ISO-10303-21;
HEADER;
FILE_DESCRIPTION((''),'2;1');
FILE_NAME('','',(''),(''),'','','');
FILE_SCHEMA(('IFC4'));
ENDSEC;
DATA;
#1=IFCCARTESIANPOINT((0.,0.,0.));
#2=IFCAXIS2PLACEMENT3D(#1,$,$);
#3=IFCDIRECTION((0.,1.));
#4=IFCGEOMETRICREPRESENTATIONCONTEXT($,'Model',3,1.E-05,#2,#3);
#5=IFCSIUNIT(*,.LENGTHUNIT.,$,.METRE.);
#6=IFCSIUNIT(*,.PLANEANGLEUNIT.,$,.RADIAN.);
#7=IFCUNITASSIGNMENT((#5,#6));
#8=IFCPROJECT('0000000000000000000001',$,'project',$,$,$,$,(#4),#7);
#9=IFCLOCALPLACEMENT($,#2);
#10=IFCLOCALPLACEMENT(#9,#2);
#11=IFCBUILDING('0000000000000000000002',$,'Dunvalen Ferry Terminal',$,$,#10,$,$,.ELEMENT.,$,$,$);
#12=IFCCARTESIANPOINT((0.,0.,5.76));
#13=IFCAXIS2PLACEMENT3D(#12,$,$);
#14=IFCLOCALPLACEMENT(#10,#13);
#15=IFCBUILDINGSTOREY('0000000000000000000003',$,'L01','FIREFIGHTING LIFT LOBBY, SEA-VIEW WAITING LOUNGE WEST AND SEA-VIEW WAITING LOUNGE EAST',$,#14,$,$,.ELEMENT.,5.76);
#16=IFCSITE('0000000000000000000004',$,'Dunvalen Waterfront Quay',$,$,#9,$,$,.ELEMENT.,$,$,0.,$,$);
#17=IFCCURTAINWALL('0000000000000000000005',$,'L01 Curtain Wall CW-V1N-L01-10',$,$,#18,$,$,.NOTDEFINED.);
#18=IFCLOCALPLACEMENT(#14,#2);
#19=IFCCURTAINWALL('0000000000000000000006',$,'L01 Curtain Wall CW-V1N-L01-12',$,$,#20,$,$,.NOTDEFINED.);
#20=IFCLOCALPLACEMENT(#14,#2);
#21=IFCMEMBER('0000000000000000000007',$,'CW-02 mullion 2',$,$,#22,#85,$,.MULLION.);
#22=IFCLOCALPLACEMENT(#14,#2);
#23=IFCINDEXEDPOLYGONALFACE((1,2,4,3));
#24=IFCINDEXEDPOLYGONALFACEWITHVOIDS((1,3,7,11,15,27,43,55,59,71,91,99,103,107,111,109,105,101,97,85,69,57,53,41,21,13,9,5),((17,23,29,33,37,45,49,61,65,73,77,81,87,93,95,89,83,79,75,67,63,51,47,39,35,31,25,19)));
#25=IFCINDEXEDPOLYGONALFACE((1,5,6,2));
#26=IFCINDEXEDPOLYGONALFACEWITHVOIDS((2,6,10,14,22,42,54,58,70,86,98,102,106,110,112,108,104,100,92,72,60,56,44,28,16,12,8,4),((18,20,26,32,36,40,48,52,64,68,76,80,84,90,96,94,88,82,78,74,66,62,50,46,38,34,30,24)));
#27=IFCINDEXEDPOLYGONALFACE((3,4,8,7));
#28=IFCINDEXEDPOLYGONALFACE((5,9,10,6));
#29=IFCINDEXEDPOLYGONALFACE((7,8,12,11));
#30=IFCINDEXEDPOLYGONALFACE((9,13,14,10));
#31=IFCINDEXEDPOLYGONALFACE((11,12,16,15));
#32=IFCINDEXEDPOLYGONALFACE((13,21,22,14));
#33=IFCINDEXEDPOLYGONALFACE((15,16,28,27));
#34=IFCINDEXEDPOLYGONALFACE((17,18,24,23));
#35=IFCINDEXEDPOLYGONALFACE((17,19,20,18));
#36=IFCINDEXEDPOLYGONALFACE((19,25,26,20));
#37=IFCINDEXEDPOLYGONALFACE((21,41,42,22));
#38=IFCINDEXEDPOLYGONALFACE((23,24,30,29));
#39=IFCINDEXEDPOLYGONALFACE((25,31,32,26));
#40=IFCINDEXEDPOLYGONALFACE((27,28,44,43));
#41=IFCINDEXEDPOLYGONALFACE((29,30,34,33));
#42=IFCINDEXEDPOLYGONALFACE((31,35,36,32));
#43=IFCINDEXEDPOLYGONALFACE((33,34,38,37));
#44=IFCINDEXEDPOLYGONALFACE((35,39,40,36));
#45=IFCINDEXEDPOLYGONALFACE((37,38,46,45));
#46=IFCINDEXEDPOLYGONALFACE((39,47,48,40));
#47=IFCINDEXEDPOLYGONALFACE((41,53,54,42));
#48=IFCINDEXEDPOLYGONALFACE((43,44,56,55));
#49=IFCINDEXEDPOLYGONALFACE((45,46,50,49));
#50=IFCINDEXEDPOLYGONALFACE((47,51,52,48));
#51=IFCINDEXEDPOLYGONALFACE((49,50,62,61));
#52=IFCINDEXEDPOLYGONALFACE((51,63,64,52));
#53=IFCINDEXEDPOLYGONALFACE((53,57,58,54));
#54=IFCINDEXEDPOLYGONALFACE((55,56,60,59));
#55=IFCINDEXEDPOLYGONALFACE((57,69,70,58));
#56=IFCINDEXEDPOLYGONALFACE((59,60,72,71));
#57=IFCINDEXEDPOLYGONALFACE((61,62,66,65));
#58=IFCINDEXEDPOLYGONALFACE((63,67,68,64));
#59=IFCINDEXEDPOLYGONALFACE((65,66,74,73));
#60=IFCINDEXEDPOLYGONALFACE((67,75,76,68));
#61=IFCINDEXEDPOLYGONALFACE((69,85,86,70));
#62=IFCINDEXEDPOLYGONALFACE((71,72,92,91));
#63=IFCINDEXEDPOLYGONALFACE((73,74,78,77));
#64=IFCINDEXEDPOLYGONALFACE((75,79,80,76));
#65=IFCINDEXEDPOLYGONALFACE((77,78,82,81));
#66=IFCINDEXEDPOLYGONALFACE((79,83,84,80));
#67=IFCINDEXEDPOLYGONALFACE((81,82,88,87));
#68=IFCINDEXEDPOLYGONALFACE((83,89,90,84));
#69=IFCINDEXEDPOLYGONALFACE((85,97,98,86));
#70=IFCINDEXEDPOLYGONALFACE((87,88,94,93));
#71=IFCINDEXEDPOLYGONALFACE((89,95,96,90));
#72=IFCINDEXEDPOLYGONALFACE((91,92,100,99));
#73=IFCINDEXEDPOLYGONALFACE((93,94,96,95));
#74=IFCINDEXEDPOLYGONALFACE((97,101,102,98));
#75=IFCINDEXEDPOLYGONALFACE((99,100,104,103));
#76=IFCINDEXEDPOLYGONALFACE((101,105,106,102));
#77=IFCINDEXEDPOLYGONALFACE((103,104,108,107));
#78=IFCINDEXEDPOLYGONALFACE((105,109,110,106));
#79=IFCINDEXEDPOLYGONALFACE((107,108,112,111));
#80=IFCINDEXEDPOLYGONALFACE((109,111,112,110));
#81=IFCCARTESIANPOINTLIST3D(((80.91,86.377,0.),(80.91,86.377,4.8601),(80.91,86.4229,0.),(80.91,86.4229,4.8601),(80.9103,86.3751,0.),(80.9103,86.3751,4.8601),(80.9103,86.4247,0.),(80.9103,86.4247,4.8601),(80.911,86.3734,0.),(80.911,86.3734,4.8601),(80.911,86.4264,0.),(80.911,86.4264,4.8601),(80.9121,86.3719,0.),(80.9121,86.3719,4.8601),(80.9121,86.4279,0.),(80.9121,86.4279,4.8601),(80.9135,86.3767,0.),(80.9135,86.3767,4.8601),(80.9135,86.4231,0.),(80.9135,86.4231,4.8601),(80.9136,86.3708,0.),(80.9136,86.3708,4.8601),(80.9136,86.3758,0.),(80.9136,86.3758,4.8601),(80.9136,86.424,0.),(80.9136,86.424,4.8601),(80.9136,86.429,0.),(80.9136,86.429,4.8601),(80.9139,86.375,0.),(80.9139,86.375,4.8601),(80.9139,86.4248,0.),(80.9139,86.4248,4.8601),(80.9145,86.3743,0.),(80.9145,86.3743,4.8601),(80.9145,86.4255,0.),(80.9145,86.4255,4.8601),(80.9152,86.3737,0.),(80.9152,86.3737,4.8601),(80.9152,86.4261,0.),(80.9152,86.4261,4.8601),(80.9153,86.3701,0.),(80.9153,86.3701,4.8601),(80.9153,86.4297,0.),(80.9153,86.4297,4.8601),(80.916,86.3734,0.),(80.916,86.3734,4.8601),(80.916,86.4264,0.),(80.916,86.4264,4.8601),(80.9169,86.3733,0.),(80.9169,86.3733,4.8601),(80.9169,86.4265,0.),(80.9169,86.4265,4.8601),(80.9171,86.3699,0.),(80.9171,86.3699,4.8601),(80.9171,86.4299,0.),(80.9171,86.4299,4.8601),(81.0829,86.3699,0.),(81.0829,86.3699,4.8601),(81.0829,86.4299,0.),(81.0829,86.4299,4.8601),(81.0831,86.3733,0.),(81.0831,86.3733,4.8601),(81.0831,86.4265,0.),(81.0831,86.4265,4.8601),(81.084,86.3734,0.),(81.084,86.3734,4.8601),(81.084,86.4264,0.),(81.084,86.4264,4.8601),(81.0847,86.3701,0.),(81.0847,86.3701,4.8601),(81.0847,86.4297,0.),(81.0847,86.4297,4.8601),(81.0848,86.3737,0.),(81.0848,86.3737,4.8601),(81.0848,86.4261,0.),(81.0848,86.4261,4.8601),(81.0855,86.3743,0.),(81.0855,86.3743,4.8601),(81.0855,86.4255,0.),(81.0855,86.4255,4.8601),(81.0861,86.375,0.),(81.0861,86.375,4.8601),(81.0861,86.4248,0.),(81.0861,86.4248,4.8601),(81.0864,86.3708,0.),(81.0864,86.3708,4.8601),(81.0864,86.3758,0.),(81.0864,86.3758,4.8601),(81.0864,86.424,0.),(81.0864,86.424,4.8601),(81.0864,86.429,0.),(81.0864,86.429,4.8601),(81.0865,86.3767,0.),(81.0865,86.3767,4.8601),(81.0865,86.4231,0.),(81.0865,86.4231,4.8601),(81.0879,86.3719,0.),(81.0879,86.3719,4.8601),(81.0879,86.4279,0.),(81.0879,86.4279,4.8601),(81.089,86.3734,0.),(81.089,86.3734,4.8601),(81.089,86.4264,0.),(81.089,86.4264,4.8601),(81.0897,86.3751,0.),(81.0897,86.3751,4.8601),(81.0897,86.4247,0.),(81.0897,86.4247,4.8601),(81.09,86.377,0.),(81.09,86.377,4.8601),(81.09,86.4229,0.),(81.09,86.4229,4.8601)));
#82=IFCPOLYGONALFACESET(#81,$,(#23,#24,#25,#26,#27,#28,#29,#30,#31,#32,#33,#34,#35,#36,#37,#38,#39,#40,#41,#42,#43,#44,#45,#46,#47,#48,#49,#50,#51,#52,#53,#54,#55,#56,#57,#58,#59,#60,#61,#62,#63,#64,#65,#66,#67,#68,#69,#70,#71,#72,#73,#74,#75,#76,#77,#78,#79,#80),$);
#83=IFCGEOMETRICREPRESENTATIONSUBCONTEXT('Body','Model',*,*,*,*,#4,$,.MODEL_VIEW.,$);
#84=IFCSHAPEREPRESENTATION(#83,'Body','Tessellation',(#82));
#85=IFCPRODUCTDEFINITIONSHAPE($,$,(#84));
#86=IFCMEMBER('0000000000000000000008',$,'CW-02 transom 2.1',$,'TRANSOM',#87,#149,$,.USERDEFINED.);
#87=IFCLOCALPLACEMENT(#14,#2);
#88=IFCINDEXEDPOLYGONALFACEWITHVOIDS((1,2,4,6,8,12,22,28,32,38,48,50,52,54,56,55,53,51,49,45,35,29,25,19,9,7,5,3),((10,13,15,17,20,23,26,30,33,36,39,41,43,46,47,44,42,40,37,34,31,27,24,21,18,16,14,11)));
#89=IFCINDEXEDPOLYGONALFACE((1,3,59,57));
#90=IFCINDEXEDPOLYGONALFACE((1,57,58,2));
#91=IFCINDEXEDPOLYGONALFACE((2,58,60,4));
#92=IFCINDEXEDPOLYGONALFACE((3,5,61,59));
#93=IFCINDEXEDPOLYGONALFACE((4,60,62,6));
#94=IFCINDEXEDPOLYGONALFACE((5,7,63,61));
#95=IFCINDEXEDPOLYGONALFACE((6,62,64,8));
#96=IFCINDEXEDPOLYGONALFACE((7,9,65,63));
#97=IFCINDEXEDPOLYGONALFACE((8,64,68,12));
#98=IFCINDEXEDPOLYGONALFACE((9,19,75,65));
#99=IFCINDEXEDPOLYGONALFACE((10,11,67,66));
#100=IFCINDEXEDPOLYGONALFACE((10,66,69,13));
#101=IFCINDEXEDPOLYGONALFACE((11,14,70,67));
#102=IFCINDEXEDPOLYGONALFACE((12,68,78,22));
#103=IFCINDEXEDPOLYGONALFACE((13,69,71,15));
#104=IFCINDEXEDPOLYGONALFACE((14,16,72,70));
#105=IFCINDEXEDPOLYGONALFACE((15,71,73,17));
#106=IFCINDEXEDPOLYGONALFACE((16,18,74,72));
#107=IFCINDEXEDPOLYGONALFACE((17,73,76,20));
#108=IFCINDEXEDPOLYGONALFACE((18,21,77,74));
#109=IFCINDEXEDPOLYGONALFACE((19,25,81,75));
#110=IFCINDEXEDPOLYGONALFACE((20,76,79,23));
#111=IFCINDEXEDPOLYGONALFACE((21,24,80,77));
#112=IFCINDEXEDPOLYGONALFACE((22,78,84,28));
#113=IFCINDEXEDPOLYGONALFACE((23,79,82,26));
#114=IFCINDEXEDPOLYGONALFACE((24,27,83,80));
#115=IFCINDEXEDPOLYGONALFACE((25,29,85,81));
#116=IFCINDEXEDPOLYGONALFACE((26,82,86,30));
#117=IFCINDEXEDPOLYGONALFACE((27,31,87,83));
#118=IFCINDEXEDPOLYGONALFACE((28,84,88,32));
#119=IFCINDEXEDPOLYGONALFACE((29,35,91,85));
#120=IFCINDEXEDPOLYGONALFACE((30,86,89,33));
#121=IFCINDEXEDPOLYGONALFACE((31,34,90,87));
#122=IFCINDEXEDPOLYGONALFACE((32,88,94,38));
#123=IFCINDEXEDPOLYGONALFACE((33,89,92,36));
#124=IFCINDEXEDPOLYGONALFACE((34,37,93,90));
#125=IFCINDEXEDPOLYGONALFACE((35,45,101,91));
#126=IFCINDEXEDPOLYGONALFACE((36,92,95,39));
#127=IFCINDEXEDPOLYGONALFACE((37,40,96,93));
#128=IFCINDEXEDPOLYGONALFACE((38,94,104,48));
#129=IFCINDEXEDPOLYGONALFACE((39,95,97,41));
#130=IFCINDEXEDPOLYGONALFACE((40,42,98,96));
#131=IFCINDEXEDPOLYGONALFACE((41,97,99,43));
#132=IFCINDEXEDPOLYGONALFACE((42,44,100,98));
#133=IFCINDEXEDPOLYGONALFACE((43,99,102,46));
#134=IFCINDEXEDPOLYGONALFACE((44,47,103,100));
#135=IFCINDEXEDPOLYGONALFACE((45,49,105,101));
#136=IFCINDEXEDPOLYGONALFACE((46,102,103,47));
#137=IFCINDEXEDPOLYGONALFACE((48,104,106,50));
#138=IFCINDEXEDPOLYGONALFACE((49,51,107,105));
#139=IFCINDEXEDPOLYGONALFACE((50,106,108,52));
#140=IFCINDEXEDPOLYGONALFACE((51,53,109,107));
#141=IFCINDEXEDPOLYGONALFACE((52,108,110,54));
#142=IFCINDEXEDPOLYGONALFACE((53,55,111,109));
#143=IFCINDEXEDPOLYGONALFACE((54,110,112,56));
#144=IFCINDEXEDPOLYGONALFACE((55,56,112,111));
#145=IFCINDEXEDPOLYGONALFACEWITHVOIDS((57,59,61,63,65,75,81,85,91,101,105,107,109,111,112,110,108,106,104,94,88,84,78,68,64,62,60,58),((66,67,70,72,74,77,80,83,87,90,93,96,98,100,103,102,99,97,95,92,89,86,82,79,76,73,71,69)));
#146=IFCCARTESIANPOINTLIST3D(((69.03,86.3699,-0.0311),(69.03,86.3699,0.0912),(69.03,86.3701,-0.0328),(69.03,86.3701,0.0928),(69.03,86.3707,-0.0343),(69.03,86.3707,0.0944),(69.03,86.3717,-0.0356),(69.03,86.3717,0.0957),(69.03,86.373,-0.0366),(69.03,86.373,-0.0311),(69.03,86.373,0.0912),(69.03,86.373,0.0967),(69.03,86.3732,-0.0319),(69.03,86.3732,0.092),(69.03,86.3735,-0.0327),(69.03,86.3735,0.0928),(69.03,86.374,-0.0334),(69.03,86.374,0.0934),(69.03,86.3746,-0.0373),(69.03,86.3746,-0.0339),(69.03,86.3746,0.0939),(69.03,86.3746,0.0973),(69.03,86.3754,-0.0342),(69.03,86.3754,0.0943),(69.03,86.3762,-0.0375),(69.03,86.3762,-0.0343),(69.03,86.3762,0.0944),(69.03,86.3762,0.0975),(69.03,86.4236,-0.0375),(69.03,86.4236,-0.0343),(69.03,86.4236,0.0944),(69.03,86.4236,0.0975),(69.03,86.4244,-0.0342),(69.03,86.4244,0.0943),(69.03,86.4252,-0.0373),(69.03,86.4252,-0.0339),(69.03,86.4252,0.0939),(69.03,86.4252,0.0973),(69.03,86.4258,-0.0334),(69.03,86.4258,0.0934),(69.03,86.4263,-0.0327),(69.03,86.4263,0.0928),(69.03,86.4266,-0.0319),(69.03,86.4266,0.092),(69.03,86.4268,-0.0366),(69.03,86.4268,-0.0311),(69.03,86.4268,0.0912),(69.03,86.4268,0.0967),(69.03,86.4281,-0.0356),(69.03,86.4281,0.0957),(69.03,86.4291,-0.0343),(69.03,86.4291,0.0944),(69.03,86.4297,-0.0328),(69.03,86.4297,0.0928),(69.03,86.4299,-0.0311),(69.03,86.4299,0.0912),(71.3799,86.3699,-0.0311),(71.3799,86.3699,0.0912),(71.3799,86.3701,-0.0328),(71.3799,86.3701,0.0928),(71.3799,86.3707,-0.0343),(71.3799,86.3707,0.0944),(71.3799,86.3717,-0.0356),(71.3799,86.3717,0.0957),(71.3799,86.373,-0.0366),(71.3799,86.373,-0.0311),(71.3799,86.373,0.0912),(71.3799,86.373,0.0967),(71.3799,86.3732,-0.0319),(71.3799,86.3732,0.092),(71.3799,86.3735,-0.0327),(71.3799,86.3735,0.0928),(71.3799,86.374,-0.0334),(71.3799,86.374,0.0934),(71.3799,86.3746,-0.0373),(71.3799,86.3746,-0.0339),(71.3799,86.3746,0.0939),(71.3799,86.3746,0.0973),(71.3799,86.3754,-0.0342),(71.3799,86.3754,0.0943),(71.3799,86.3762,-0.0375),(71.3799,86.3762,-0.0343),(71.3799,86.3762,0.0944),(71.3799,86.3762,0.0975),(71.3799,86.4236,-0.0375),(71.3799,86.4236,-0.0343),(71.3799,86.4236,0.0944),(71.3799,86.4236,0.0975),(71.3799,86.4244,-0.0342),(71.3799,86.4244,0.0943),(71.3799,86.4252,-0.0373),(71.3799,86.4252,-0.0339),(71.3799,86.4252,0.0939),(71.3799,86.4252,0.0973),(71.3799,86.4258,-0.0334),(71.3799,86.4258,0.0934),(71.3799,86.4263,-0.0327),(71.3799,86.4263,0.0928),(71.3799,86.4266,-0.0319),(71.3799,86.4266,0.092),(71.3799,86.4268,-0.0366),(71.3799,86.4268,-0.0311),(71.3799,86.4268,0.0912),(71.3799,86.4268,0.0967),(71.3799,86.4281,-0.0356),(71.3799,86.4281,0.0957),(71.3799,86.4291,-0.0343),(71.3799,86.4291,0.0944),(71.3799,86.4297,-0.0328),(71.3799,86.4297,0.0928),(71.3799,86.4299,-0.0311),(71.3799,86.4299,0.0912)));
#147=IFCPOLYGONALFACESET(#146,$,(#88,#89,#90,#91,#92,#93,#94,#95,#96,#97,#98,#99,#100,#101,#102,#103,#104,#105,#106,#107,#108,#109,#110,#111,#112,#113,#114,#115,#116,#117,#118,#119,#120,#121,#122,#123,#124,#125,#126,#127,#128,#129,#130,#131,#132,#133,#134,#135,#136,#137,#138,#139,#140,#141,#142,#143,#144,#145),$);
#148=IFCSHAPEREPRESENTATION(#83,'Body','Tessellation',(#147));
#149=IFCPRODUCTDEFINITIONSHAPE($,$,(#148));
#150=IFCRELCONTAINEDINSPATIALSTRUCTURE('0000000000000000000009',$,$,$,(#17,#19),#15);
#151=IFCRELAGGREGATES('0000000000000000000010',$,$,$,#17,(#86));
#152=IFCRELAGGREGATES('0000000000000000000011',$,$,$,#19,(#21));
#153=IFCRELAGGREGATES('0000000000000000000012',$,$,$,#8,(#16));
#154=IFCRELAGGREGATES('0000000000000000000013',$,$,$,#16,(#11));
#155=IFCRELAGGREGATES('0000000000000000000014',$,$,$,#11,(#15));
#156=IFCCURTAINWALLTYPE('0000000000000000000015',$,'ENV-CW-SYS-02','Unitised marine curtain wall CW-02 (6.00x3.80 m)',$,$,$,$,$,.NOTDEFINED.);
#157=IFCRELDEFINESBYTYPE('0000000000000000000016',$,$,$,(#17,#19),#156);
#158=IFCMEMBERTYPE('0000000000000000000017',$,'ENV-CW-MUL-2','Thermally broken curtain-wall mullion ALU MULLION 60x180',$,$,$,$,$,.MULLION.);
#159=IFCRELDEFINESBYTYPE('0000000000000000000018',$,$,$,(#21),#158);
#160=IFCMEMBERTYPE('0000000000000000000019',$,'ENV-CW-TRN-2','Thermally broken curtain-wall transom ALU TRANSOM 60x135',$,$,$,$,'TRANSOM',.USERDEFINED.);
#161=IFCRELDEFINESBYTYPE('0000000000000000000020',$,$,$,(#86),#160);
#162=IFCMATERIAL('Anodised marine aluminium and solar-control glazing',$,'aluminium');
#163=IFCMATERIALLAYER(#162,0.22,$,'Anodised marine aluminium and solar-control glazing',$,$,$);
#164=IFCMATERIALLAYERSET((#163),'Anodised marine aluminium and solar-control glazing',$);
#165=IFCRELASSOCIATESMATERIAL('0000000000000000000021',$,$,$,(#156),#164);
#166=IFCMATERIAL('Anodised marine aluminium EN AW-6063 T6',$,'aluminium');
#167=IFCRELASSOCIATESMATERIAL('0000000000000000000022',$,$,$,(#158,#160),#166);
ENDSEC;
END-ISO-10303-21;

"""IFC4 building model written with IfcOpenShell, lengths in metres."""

from ifc_helpers import new_model, si_unit, direction, frame, origin, origin_2d, place, context, subcontext, project, spatial, hollow_rectangle, extrude, material, layer, layer_set, material_profile, profile_set, type_object, element, aggregate, save


model = new_model("IFC4")

# Units and contexts
model_context = context("Model", 3, precision=1e-05, world=origin(), true_north=direction((0.0, 1.0)))
body_context = subcontext(model_context, "Body", "Model", "MODEL_VIEW")
ifc_project = project(units=[si_unit("LENGTHUNIT", "METRE"), si_unit("PLANEANGLEUNIT", "RADIAN")], contexts=[model_context])

# Site, building, storey
site_placement = place(None, origin())
site = spatial("IfcSite", under=ifc_project, at=site_placement, Name="Dunvalen Waterfront Quay", CompositionType="ELEMENT", RefElevation=0.0)
building_placement = place(site_placement, origin())
building = spatial("IfcBuilding", under=site, at=building_placement, Name="Dunvalen Ferry Terminal", CompositionType="ELEMENT")
storey_placement = place(building_placement, frame((0.0, 0.0, 5.76)))
storey = spatial("IfcBuildingStorey", under=building, at=storey_placement, Name="L01", Description="FIREFIGHTING LIFT LOBBY, SEA-VIEW WAITING LOUNGE WEST AND SEA-VIEW WAITING LOUNGE EAST", CompositionType="ELEMENT", Elevation=5.76)

# Curtain walls, member
ifc_material_1 = material(Name="Anodised marine aluminium and solar-control glazing", Category="aluminium")
ifc_layer_1 = layer(ifc_material_1, 0.22, Name="Anodised marine aluminium and solar-control glazing")
ifc_layer_set_1 = layer_set([ifc_layer_1], Name="Anodised marine aluminium and solar-control glazing")
curtain_wall_type = type_object("IfcCurtainWallType", Name="ENV-CW-SYS-02", Description="Unitised marine curtain wall CW-02 (6.00x3.80 m)", PredefinedType="NOTDEFINED", material=ifc_layer_set_1)
curtain_wall_1_placement = place(storey_placement, origin())
curtain_wall_1 = element("IfcCurtainWall", 1, at=curtain_wall_1_placement, inside=storey, type_object=curtain_wall_type, Name="L01 Curtain Wall CW-V1N-L01-10", PredefinedType="NOTDEFINED")
ifc_material_2 = material(Name="Anodised marine aluminium EN AW-6063 T6", Category="aluminium")
ifc_material_profile_1 = material_profile(ifc_material_2, hollow_rectangle(XDim=0.0601, YDim=0.1799, WallThickness=0.0034, InnerFilletRadius=0.0034, OuterFilletRadius=0.0071, at=origin_2d()), Name="Anodised marine aluminium EN AW-6063 T6")
ifc_profile_set_1 = profile_set([ifc_material_profile_1], Name="Anodised marine aluminium EN AW-6063 T6")
member_type_1 = type_object("IfcMemberType", Name="ENV-CW-MUL-2", Description="Thermally broken curtain-wall mullion ALU MULLION 60x180", PredefinedType="MULLION", material=ifc_profile_set_1)
curtain_wall_2_placement = place(storey_placement, origin())
curtain_wall_2 = element("IfcCurtainWall", 2, at=curtain_wall_2_placement, inside=storey, type_object=curtain_wall_type, Name="L01 Curtain Wall CW-V1N-L01-12", PredefinedType="NOTDEFINED")
member_1_placement = place(storey_placement, frame((81.0, 86.3999, 0.0), z_axis=(0.0, 0.0, 1.0), x_axis=(0.0, 1.0, 0.0)))
member_1 = element("IfcMember", 3, at=member_1_placement, type_object=member_type_1, Name="CW-02 mullion 2", PredefinedType="MULLION", context=body_context, shape_type="SweptSolid", body=[
    extrude(hollow_rectangle(XDim=0.0601, YDim=0.1799, WallThickness=0.0034, InnerFilletRadius=0.0034, OuterFilletRadius=0.0071, at=origin_2d()), origin(), (0.0, 0.0, 1.0), 4.8601),
])

# Member
ifc_material_profile_2 = material_profile(ifc_material_2, hollow_rectangle(XDim=0.0601, YDim=0.135, WallThickness=0.0032, InnerFilletRadius=0.0032, OuterFilletRadius=0.0063, at=origin_2d()), Name="Anodised marine aluminium EN AW-6063 T6")
ifc_profile_set_2 = profile_set([ifc_material_profile_2], Name="Anodised marine aluminium EN AW-6063 T6")
member_type_2 = type_object("IfcMemberType", Name="ENV-CW-TRN-2", Description="Thermally broken curtain-wall transom ALU TRANSOM 60x135", ElementType="TRANSOM", PredefinedType="USERDEFINED", material=ifc_profile_set_2)
member_2_placement = place(storey_placement, frame((69.03, 86.3999, 0.03), z_axis=(1.0, 0.0, 0.0), x_axis=(0.0, 1.0, 0.0)))
member_2 = element("IfcMember", 4, at=member_2_placement, type_object=member_type_2, Name="CW-02 transom 2.1", ObjectType="TRANSOM", PredefinedType="USERDEFINED", context=body_context, shape_type="SweptSolid", body=[
    extrude(hollow_rectangle(XDim=0.0601, YDim=0.135, WallThickness=0.0032, InnerFilletRadius=0.0032, OuterFilletRadius=0.0063, at=origin_2d()), origin(), (0.0, 0.0, 1.0), 2.3499),
])

aggregate(curtain_wall_1, [member_2])
aggregate(curtain_wall_2, [member_1])

save(model, "model.ifc")
